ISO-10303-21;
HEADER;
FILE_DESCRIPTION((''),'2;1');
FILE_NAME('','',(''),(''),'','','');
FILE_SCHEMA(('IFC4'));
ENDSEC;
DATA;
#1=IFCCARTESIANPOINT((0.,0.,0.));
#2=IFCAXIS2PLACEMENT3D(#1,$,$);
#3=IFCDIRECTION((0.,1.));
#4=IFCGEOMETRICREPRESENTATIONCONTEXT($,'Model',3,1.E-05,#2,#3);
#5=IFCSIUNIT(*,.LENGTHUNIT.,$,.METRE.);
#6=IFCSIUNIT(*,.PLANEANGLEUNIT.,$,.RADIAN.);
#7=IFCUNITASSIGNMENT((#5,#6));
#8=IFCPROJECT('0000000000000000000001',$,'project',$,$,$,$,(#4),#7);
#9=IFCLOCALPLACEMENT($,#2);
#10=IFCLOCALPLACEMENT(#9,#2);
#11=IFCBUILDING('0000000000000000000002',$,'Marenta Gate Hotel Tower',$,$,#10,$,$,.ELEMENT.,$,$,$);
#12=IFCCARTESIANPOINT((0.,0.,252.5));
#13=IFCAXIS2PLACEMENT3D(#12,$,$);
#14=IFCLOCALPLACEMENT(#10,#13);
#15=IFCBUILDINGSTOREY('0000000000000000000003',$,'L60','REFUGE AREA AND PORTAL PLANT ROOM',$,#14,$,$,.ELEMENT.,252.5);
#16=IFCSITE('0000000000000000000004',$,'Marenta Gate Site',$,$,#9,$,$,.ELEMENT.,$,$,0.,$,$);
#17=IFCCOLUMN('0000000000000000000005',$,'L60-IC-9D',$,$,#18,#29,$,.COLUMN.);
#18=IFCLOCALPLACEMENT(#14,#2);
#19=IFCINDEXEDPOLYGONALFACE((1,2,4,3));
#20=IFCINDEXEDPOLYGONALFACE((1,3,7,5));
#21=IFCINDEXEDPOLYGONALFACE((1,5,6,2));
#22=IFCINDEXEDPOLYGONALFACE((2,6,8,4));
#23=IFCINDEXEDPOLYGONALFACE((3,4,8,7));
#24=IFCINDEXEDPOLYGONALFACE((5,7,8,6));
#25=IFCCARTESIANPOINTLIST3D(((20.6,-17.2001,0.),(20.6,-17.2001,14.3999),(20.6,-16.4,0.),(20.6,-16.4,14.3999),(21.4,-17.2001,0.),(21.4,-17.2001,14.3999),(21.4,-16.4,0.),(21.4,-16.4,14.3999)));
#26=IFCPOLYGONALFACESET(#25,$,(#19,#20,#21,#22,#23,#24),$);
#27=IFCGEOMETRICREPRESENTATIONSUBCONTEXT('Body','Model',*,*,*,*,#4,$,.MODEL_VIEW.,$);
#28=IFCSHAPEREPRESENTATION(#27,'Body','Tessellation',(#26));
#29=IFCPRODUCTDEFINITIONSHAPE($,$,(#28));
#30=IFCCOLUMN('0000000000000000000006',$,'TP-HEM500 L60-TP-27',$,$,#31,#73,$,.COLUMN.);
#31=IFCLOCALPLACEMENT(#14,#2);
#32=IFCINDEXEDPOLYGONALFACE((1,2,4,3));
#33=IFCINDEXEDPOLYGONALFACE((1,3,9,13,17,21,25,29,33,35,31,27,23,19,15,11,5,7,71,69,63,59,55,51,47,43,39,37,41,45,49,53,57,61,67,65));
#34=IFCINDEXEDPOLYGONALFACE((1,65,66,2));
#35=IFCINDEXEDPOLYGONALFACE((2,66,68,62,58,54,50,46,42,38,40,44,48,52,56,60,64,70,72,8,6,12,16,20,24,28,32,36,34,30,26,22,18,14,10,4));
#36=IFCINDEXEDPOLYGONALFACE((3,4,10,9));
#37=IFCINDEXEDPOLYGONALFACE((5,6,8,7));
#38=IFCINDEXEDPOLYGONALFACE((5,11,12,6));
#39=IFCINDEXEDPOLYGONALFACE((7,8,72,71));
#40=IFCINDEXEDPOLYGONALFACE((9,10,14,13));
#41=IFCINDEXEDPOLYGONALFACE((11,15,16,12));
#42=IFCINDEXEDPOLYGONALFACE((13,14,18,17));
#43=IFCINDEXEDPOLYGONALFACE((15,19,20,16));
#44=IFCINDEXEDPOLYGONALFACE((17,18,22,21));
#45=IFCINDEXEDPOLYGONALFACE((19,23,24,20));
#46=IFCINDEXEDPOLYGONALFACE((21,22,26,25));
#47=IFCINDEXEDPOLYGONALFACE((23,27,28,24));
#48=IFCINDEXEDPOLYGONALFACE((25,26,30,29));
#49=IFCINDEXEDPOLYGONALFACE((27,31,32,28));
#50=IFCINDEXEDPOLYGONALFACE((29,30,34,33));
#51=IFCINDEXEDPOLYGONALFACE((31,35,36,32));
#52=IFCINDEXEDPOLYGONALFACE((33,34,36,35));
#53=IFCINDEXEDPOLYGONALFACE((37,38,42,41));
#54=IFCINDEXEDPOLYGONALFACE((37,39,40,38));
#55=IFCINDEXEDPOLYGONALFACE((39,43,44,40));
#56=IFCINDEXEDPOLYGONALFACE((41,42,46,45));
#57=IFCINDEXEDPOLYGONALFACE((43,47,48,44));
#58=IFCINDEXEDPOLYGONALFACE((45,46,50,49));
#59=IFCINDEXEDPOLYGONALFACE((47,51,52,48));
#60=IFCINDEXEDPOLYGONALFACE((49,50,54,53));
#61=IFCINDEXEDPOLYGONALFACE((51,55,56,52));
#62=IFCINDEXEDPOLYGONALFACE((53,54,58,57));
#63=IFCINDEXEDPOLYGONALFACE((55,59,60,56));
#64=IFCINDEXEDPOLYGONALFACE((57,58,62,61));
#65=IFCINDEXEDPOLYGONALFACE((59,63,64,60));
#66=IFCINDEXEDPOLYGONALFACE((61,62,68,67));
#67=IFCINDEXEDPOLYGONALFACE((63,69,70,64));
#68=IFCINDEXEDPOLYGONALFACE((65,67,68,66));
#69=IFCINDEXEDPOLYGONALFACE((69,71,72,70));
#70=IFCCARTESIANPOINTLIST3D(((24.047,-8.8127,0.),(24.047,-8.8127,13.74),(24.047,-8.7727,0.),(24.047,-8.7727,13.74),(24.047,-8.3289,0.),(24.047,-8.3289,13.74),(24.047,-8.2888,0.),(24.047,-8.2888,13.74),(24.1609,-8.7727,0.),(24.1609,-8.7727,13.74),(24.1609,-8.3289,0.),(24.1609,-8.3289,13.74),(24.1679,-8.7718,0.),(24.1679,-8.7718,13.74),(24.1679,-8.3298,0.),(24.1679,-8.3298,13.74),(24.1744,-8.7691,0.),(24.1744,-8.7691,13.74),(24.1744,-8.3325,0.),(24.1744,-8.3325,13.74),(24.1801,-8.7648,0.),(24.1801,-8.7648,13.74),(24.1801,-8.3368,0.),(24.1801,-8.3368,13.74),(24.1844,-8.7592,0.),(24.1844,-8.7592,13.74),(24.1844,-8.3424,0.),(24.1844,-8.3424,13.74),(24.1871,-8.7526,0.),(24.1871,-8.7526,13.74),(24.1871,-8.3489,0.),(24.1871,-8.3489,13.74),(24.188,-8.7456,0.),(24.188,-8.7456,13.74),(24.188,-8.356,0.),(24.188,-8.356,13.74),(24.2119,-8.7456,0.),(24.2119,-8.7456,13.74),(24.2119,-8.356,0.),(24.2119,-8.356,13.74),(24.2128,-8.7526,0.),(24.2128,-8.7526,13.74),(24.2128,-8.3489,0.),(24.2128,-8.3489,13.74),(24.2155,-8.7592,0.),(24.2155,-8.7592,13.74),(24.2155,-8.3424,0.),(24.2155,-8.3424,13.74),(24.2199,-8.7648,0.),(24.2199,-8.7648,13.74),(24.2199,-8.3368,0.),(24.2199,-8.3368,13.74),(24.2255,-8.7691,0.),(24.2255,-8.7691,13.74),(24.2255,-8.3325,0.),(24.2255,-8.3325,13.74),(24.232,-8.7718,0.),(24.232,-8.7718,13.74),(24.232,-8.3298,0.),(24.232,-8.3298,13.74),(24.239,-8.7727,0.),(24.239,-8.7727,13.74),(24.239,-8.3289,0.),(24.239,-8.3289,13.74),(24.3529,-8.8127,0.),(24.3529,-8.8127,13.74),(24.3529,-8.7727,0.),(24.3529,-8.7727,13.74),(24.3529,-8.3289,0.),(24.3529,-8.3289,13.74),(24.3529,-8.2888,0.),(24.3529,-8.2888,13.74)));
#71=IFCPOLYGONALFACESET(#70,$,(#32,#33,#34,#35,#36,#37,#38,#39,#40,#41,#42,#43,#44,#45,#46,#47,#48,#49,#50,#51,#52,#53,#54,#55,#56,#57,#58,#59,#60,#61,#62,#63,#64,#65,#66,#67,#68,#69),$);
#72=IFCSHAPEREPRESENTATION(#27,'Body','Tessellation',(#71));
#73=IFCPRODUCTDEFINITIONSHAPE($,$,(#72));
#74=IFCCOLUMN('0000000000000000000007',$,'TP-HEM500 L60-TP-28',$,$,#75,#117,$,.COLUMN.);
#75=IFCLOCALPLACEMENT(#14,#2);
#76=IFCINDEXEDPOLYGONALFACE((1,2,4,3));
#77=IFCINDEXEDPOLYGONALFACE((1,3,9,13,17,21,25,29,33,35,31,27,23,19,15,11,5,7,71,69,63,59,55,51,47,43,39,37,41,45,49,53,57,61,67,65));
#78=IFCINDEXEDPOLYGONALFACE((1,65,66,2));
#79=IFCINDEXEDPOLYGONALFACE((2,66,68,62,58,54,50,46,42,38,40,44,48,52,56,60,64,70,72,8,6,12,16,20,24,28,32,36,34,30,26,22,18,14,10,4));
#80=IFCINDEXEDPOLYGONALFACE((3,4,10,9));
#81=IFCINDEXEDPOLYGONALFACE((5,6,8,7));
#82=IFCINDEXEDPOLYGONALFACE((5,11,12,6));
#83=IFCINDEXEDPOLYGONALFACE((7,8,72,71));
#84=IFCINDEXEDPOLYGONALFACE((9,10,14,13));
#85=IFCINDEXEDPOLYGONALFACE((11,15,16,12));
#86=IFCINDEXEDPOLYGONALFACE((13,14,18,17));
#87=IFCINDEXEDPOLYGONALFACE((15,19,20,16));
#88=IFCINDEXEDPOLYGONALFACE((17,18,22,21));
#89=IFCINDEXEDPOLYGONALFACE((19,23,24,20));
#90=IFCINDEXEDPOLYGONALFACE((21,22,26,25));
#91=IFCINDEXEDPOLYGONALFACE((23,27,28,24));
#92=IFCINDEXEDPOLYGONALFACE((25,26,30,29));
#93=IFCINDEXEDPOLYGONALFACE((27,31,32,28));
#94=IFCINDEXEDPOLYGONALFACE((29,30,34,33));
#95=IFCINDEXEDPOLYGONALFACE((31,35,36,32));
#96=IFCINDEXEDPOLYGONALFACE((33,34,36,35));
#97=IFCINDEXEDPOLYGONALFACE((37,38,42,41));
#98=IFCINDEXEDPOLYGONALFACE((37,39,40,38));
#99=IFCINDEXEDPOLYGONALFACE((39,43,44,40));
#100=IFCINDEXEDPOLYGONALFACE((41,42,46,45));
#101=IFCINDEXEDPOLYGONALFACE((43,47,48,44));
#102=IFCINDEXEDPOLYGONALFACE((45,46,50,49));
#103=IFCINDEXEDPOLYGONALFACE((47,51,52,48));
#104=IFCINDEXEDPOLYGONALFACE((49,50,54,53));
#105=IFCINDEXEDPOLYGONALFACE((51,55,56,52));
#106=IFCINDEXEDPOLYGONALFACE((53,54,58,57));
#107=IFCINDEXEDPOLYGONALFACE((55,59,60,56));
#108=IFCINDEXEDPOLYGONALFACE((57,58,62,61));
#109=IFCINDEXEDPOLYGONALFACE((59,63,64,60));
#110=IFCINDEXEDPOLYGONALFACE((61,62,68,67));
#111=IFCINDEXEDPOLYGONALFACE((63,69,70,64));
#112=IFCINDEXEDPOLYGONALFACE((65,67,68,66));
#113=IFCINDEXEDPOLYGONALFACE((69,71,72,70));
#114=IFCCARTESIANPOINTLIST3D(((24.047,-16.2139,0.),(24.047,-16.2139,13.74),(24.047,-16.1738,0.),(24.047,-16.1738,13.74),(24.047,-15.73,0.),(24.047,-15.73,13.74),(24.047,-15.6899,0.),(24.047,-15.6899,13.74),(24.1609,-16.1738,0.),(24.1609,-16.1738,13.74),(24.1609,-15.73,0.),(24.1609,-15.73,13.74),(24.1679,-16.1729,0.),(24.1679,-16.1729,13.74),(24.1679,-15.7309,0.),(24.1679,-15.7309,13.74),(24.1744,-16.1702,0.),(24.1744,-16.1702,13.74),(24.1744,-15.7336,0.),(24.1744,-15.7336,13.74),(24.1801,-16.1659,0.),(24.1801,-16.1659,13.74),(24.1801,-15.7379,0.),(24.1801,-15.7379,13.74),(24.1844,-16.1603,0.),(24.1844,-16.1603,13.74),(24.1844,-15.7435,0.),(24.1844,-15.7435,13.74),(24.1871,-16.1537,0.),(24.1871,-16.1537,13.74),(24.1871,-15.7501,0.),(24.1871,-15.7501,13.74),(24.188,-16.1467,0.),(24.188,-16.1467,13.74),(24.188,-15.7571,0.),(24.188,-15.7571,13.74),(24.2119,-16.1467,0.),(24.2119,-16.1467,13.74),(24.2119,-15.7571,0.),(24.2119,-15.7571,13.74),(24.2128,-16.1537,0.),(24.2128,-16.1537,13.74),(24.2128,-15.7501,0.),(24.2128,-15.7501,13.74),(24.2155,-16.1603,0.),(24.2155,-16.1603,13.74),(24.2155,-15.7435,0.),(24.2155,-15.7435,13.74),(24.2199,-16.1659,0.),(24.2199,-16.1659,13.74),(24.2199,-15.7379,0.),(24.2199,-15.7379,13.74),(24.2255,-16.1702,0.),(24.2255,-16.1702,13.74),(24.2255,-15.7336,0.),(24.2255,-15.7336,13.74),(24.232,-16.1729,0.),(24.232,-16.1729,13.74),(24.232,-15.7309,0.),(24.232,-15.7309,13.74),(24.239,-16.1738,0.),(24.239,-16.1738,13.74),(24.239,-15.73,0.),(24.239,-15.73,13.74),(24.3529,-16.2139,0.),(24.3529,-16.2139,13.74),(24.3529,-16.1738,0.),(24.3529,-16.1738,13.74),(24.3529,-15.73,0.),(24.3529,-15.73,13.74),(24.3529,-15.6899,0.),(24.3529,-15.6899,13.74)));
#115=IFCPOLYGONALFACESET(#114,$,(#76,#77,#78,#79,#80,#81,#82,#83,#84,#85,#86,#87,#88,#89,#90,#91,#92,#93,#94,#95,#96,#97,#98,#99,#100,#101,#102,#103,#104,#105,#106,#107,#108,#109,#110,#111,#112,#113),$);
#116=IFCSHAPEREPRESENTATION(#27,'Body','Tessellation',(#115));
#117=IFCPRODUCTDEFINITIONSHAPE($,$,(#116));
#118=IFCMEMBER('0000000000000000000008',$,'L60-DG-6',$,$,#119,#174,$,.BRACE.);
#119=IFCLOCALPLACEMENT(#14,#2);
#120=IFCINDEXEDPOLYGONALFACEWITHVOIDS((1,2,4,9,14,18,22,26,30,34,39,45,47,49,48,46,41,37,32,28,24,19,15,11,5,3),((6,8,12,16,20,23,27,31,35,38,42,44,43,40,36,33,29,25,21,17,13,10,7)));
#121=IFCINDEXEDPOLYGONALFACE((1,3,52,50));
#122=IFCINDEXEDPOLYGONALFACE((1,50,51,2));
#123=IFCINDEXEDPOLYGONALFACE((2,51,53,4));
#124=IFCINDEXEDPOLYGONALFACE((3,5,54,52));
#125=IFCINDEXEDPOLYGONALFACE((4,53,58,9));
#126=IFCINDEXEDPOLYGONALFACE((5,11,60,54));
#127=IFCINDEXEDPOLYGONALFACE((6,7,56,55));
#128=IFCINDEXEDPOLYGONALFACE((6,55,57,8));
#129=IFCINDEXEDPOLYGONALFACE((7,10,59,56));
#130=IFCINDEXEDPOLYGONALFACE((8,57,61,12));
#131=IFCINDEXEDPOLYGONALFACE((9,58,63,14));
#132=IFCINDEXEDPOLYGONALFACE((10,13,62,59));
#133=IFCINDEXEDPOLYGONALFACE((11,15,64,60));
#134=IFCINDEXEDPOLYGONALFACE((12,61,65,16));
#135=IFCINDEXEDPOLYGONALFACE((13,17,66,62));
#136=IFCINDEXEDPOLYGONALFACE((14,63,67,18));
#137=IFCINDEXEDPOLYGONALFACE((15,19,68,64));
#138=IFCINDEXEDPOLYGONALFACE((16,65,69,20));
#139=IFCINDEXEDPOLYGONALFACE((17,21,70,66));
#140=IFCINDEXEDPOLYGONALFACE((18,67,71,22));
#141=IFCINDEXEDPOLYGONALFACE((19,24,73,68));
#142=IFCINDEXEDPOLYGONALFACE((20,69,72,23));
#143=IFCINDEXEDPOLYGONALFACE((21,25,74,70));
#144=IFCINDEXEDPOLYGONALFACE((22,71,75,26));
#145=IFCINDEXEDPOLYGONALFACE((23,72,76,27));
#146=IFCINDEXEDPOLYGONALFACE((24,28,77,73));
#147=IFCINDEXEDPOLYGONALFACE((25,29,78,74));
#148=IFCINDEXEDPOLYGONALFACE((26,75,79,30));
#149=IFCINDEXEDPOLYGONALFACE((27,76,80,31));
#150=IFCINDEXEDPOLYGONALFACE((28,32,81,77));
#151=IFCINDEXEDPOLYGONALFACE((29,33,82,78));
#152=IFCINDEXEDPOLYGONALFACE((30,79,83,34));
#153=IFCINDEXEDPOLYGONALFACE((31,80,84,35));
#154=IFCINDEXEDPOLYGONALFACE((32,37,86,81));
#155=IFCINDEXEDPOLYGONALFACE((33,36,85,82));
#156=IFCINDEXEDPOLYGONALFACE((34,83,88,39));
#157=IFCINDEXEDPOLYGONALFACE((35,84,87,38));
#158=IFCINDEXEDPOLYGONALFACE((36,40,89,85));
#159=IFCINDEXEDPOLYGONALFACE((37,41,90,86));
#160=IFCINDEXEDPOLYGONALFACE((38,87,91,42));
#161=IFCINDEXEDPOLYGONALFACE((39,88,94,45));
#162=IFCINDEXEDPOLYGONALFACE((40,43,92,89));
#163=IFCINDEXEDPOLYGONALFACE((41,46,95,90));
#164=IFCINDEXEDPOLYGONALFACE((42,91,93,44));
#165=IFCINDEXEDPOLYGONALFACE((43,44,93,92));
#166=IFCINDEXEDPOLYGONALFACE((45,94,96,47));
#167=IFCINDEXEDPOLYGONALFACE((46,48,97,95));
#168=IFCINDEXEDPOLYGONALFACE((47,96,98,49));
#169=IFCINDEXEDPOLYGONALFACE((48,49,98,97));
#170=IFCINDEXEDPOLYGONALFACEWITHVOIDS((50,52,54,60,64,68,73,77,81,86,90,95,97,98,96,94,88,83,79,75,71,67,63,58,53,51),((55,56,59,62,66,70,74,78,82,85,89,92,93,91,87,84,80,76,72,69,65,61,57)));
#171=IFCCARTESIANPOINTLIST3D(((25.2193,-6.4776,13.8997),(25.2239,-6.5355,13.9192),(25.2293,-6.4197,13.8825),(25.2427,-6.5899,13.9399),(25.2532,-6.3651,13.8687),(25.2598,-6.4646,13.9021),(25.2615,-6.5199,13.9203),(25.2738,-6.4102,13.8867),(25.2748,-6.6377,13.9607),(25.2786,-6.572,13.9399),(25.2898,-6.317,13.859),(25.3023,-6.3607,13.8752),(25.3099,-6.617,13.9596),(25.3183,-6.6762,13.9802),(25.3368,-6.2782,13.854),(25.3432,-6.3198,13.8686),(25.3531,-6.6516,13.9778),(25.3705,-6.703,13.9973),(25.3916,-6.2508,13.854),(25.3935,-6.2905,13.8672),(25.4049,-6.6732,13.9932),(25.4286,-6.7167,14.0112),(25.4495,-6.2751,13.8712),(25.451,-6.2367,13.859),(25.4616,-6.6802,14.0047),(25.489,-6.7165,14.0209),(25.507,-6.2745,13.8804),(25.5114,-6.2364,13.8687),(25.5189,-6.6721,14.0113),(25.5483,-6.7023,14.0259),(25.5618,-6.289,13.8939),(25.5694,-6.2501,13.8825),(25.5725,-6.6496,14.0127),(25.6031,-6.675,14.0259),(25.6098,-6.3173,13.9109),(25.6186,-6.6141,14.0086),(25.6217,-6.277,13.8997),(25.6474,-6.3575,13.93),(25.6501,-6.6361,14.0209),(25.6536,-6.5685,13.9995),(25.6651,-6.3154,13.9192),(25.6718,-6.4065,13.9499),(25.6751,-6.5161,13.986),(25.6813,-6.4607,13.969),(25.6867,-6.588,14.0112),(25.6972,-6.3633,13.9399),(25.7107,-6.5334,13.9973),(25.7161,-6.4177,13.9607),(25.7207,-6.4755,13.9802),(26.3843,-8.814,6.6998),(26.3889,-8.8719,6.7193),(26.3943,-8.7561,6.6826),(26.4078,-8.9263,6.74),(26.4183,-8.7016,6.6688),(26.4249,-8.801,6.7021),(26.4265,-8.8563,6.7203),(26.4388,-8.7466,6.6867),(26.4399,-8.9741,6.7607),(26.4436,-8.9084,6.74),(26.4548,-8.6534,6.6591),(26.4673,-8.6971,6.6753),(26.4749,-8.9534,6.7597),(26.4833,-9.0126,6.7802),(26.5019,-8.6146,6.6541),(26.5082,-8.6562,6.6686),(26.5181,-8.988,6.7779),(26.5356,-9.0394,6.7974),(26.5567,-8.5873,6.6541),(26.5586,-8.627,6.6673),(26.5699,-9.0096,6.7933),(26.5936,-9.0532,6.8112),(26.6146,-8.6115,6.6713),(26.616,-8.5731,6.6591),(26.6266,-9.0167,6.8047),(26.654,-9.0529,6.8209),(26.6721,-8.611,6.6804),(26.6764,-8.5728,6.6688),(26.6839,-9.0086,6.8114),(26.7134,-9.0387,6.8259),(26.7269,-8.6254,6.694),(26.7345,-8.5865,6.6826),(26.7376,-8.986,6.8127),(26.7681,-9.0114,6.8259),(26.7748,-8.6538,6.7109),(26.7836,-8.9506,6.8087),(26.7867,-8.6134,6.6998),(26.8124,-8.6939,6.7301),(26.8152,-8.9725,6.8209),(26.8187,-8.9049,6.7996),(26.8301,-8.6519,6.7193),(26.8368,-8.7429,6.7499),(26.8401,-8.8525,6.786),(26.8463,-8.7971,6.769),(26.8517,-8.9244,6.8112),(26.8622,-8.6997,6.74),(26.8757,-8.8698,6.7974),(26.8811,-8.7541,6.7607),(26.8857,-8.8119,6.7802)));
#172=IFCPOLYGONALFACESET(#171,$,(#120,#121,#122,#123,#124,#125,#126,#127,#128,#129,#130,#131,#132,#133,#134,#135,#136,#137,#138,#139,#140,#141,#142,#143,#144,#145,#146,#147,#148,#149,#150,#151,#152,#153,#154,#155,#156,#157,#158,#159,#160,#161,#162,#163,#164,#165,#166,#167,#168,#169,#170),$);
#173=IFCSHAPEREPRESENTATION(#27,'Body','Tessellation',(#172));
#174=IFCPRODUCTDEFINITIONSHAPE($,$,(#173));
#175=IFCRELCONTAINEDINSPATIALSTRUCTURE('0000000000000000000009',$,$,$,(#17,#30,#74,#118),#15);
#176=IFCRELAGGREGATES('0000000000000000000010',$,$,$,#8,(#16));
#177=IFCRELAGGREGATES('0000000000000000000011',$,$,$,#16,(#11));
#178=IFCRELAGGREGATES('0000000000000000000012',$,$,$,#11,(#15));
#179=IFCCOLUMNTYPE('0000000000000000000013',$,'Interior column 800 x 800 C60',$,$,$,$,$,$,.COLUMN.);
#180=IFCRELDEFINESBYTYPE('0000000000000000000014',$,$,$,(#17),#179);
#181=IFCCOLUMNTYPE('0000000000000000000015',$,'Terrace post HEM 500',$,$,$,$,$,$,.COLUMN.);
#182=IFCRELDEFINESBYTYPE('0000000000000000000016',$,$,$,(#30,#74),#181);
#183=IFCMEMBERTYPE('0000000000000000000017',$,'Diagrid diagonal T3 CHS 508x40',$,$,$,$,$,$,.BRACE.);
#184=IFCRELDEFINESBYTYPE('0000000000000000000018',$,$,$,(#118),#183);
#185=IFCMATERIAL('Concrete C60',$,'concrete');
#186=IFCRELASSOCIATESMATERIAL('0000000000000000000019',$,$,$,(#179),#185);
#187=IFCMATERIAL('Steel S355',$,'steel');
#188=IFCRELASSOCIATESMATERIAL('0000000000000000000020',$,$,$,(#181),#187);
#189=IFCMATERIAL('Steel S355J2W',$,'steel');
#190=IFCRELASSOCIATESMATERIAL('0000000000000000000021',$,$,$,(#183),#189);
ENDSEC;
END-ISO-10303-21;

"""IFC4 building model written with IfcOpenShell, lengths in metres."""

from ifc_helpers import new_model, si_unit, direction, frame, origin, origin_2d, place, context, subcontext, project, spatial, rectangle, hollow_circle, i_section, extrude, material, material_profile, profile_set, type_object, element, save


model = new_model("IFC4")

# Units and contexts
model_context = context("Model", 3, precision=1e-05, world=origin(), true_north=direction((0.0, 1.0)))
body_context = subcontext(model_context, "Body", "Model", "MODEL_VIEW")
ifc_project = project(units=[si_unit("LENGTHUNIT", "METRE"), si_unit("PLANEANGLEUNIT", "RADIAN")], contexts=[model_context])

# Site, building, storey
site_placement = place(None, origin())
site = spatial("IfcSite", under=ifc_project, at=site_placement, Name="Marenta Gate Site", CompositionType="ELEMENT", RefElevation=0.0)
building_placement = place(site_placement, origin())
building = spatial("IfcBuilding", under=site, at=building_placement, Name="Marenta Gate Hotel Tower", CompositionType="ELEMENT")
storey_placement = place(building_placement, frame((0.0, 0.0, 252.5)))
storey = spatial("IfcBuildingStorey", under=building, at=storey_placement, Name="L60", Description="REFUGE AREA AND PORTAL PLANT ROOM", CompositionType="ELEMENT", Elevation=252.5)

# Columns
ifc_material_1 = material(Name="Concrete C60", Category="concrete")
ifc_material_profile_1 = material_profile(ifc_material_1, rectangle(XDim=0.8, YDim=0.8, at=origin_2d()), Name="800 x 800")
ifc_profile_set_1 = profile_set([ifc_material_profile_1], Name="Concrete C60")
column_type_1 = type_object("IfcColumnType", Name="Interior column 800 x 800 C60", PredefinedType="COLUMN", material=ifc_profile_set_1)
column_placement = place(storey_placement, frame((21.0, -16.8, 0.0), z_axis=(0.0, 0.0, 1.0), x_axis=(1.0, 0.0, 0.0)))
element("IfcColumn", 1, at=column_placement, inside=storey, type_object=column_type_1, Name="L60-IC-9D", PredefinedType="COLUMN", context=body_context, shape_type="SweptSolid", body=[
    extrude(rectangle(XDim=0.8, YDim=0.8, at=origin_2d()), origin(), (0.0, 0.0, 1.0), 14.3999),
])
ifc_material_2 = material(Name="Steel S355", Category="steel")
ifc_material_profile_2 = material_profile(ifc_material_2, i_section(OverallWidth=0.3059, OverallDepth=0.5239, WebThickness=0.0239, FlangeThickness=0.04, FilletRadius=0.0271, at=origin_2d()), Name="HEM 500")
ifc_profile_set_2 = profile_set([ifc_material_profile_2], Name="Steel S355")
column_type_2 = type_object("IfcColumnType", Name="Terrace post HEM 500", PredefinedType="COLUMN", material=ifc_profile_set_2)
for number, where, z_axis, x_axis, name in (
    (2, (24.2, -8.5508, 0.0), (0.0, 0.0, 1.0), (1.0, 0.0, 0.0), "TP-HEM500 L60-TP-27"),
    (3, (24.2, -15.9519, 0.0), (0.0, 0.0, 1.0), (1.0, 0.0, 0.0), "TP-HEM500 L60-TP-28"),
):
    element("IfcColumn", number, at=place(storey_placement, frame(where, z_axis=z_axis, x_axis=x_axis)), inside=storey, type_object=column_type_2, Name=name, PredefinedType="COLUMN", context=body_context, shape_type="SweptSolid", body=[
        extrude(i_section(OverallWidth=0.3059, OverallDepth=0.5239, WebThickness=0.0239, FlangeThickness=0.04, FilletRadius=0.0271, at=origin_2d()), origin(), (0.0, 0.0, 1.0), 13.74),
    ])

# Member
ifc_material_3 = material(Name="Steel S355J2W", Category="steel")
ifc_material_profile_3 = material_profile(ifc_material_3, hollow_circle(Radius=0.2539, WallThickness=0.04, at=origin_2d()), Name="CHS 508x40")
ifc_profile_set_3 = profile_set([ifc_material_profile_3], Name="Steel S355J2W")
member_type_1 = type_object("IfcMemberType", Name="Diagrid diagonal T3 CHS 508x40", PredefinedType="BRACE", material=ifc_profile_set_3)
member_1_placement = place(storey_placement, frame((26.635, -8.813, 6.74), z_axis=(-0.15212, 0.305069, 0.940102), x_axis=(-0.894913, -0.446241, 0.0)))
element("IfcMember", 4, at=member_1_placement, inside=storey, type_object=member_type_1, Name="L60-DG-6", PredefinedType="BRACE", context=body_context, shape_type="SweptSolid", body=[
    extrude(hollow_circle(Radius=0.2539, WallThickness=0.04, at=origin_2d()), origin(), (0.0, 0.0, 1.0), 7.6587),
])

save(model, "model.ifc")
